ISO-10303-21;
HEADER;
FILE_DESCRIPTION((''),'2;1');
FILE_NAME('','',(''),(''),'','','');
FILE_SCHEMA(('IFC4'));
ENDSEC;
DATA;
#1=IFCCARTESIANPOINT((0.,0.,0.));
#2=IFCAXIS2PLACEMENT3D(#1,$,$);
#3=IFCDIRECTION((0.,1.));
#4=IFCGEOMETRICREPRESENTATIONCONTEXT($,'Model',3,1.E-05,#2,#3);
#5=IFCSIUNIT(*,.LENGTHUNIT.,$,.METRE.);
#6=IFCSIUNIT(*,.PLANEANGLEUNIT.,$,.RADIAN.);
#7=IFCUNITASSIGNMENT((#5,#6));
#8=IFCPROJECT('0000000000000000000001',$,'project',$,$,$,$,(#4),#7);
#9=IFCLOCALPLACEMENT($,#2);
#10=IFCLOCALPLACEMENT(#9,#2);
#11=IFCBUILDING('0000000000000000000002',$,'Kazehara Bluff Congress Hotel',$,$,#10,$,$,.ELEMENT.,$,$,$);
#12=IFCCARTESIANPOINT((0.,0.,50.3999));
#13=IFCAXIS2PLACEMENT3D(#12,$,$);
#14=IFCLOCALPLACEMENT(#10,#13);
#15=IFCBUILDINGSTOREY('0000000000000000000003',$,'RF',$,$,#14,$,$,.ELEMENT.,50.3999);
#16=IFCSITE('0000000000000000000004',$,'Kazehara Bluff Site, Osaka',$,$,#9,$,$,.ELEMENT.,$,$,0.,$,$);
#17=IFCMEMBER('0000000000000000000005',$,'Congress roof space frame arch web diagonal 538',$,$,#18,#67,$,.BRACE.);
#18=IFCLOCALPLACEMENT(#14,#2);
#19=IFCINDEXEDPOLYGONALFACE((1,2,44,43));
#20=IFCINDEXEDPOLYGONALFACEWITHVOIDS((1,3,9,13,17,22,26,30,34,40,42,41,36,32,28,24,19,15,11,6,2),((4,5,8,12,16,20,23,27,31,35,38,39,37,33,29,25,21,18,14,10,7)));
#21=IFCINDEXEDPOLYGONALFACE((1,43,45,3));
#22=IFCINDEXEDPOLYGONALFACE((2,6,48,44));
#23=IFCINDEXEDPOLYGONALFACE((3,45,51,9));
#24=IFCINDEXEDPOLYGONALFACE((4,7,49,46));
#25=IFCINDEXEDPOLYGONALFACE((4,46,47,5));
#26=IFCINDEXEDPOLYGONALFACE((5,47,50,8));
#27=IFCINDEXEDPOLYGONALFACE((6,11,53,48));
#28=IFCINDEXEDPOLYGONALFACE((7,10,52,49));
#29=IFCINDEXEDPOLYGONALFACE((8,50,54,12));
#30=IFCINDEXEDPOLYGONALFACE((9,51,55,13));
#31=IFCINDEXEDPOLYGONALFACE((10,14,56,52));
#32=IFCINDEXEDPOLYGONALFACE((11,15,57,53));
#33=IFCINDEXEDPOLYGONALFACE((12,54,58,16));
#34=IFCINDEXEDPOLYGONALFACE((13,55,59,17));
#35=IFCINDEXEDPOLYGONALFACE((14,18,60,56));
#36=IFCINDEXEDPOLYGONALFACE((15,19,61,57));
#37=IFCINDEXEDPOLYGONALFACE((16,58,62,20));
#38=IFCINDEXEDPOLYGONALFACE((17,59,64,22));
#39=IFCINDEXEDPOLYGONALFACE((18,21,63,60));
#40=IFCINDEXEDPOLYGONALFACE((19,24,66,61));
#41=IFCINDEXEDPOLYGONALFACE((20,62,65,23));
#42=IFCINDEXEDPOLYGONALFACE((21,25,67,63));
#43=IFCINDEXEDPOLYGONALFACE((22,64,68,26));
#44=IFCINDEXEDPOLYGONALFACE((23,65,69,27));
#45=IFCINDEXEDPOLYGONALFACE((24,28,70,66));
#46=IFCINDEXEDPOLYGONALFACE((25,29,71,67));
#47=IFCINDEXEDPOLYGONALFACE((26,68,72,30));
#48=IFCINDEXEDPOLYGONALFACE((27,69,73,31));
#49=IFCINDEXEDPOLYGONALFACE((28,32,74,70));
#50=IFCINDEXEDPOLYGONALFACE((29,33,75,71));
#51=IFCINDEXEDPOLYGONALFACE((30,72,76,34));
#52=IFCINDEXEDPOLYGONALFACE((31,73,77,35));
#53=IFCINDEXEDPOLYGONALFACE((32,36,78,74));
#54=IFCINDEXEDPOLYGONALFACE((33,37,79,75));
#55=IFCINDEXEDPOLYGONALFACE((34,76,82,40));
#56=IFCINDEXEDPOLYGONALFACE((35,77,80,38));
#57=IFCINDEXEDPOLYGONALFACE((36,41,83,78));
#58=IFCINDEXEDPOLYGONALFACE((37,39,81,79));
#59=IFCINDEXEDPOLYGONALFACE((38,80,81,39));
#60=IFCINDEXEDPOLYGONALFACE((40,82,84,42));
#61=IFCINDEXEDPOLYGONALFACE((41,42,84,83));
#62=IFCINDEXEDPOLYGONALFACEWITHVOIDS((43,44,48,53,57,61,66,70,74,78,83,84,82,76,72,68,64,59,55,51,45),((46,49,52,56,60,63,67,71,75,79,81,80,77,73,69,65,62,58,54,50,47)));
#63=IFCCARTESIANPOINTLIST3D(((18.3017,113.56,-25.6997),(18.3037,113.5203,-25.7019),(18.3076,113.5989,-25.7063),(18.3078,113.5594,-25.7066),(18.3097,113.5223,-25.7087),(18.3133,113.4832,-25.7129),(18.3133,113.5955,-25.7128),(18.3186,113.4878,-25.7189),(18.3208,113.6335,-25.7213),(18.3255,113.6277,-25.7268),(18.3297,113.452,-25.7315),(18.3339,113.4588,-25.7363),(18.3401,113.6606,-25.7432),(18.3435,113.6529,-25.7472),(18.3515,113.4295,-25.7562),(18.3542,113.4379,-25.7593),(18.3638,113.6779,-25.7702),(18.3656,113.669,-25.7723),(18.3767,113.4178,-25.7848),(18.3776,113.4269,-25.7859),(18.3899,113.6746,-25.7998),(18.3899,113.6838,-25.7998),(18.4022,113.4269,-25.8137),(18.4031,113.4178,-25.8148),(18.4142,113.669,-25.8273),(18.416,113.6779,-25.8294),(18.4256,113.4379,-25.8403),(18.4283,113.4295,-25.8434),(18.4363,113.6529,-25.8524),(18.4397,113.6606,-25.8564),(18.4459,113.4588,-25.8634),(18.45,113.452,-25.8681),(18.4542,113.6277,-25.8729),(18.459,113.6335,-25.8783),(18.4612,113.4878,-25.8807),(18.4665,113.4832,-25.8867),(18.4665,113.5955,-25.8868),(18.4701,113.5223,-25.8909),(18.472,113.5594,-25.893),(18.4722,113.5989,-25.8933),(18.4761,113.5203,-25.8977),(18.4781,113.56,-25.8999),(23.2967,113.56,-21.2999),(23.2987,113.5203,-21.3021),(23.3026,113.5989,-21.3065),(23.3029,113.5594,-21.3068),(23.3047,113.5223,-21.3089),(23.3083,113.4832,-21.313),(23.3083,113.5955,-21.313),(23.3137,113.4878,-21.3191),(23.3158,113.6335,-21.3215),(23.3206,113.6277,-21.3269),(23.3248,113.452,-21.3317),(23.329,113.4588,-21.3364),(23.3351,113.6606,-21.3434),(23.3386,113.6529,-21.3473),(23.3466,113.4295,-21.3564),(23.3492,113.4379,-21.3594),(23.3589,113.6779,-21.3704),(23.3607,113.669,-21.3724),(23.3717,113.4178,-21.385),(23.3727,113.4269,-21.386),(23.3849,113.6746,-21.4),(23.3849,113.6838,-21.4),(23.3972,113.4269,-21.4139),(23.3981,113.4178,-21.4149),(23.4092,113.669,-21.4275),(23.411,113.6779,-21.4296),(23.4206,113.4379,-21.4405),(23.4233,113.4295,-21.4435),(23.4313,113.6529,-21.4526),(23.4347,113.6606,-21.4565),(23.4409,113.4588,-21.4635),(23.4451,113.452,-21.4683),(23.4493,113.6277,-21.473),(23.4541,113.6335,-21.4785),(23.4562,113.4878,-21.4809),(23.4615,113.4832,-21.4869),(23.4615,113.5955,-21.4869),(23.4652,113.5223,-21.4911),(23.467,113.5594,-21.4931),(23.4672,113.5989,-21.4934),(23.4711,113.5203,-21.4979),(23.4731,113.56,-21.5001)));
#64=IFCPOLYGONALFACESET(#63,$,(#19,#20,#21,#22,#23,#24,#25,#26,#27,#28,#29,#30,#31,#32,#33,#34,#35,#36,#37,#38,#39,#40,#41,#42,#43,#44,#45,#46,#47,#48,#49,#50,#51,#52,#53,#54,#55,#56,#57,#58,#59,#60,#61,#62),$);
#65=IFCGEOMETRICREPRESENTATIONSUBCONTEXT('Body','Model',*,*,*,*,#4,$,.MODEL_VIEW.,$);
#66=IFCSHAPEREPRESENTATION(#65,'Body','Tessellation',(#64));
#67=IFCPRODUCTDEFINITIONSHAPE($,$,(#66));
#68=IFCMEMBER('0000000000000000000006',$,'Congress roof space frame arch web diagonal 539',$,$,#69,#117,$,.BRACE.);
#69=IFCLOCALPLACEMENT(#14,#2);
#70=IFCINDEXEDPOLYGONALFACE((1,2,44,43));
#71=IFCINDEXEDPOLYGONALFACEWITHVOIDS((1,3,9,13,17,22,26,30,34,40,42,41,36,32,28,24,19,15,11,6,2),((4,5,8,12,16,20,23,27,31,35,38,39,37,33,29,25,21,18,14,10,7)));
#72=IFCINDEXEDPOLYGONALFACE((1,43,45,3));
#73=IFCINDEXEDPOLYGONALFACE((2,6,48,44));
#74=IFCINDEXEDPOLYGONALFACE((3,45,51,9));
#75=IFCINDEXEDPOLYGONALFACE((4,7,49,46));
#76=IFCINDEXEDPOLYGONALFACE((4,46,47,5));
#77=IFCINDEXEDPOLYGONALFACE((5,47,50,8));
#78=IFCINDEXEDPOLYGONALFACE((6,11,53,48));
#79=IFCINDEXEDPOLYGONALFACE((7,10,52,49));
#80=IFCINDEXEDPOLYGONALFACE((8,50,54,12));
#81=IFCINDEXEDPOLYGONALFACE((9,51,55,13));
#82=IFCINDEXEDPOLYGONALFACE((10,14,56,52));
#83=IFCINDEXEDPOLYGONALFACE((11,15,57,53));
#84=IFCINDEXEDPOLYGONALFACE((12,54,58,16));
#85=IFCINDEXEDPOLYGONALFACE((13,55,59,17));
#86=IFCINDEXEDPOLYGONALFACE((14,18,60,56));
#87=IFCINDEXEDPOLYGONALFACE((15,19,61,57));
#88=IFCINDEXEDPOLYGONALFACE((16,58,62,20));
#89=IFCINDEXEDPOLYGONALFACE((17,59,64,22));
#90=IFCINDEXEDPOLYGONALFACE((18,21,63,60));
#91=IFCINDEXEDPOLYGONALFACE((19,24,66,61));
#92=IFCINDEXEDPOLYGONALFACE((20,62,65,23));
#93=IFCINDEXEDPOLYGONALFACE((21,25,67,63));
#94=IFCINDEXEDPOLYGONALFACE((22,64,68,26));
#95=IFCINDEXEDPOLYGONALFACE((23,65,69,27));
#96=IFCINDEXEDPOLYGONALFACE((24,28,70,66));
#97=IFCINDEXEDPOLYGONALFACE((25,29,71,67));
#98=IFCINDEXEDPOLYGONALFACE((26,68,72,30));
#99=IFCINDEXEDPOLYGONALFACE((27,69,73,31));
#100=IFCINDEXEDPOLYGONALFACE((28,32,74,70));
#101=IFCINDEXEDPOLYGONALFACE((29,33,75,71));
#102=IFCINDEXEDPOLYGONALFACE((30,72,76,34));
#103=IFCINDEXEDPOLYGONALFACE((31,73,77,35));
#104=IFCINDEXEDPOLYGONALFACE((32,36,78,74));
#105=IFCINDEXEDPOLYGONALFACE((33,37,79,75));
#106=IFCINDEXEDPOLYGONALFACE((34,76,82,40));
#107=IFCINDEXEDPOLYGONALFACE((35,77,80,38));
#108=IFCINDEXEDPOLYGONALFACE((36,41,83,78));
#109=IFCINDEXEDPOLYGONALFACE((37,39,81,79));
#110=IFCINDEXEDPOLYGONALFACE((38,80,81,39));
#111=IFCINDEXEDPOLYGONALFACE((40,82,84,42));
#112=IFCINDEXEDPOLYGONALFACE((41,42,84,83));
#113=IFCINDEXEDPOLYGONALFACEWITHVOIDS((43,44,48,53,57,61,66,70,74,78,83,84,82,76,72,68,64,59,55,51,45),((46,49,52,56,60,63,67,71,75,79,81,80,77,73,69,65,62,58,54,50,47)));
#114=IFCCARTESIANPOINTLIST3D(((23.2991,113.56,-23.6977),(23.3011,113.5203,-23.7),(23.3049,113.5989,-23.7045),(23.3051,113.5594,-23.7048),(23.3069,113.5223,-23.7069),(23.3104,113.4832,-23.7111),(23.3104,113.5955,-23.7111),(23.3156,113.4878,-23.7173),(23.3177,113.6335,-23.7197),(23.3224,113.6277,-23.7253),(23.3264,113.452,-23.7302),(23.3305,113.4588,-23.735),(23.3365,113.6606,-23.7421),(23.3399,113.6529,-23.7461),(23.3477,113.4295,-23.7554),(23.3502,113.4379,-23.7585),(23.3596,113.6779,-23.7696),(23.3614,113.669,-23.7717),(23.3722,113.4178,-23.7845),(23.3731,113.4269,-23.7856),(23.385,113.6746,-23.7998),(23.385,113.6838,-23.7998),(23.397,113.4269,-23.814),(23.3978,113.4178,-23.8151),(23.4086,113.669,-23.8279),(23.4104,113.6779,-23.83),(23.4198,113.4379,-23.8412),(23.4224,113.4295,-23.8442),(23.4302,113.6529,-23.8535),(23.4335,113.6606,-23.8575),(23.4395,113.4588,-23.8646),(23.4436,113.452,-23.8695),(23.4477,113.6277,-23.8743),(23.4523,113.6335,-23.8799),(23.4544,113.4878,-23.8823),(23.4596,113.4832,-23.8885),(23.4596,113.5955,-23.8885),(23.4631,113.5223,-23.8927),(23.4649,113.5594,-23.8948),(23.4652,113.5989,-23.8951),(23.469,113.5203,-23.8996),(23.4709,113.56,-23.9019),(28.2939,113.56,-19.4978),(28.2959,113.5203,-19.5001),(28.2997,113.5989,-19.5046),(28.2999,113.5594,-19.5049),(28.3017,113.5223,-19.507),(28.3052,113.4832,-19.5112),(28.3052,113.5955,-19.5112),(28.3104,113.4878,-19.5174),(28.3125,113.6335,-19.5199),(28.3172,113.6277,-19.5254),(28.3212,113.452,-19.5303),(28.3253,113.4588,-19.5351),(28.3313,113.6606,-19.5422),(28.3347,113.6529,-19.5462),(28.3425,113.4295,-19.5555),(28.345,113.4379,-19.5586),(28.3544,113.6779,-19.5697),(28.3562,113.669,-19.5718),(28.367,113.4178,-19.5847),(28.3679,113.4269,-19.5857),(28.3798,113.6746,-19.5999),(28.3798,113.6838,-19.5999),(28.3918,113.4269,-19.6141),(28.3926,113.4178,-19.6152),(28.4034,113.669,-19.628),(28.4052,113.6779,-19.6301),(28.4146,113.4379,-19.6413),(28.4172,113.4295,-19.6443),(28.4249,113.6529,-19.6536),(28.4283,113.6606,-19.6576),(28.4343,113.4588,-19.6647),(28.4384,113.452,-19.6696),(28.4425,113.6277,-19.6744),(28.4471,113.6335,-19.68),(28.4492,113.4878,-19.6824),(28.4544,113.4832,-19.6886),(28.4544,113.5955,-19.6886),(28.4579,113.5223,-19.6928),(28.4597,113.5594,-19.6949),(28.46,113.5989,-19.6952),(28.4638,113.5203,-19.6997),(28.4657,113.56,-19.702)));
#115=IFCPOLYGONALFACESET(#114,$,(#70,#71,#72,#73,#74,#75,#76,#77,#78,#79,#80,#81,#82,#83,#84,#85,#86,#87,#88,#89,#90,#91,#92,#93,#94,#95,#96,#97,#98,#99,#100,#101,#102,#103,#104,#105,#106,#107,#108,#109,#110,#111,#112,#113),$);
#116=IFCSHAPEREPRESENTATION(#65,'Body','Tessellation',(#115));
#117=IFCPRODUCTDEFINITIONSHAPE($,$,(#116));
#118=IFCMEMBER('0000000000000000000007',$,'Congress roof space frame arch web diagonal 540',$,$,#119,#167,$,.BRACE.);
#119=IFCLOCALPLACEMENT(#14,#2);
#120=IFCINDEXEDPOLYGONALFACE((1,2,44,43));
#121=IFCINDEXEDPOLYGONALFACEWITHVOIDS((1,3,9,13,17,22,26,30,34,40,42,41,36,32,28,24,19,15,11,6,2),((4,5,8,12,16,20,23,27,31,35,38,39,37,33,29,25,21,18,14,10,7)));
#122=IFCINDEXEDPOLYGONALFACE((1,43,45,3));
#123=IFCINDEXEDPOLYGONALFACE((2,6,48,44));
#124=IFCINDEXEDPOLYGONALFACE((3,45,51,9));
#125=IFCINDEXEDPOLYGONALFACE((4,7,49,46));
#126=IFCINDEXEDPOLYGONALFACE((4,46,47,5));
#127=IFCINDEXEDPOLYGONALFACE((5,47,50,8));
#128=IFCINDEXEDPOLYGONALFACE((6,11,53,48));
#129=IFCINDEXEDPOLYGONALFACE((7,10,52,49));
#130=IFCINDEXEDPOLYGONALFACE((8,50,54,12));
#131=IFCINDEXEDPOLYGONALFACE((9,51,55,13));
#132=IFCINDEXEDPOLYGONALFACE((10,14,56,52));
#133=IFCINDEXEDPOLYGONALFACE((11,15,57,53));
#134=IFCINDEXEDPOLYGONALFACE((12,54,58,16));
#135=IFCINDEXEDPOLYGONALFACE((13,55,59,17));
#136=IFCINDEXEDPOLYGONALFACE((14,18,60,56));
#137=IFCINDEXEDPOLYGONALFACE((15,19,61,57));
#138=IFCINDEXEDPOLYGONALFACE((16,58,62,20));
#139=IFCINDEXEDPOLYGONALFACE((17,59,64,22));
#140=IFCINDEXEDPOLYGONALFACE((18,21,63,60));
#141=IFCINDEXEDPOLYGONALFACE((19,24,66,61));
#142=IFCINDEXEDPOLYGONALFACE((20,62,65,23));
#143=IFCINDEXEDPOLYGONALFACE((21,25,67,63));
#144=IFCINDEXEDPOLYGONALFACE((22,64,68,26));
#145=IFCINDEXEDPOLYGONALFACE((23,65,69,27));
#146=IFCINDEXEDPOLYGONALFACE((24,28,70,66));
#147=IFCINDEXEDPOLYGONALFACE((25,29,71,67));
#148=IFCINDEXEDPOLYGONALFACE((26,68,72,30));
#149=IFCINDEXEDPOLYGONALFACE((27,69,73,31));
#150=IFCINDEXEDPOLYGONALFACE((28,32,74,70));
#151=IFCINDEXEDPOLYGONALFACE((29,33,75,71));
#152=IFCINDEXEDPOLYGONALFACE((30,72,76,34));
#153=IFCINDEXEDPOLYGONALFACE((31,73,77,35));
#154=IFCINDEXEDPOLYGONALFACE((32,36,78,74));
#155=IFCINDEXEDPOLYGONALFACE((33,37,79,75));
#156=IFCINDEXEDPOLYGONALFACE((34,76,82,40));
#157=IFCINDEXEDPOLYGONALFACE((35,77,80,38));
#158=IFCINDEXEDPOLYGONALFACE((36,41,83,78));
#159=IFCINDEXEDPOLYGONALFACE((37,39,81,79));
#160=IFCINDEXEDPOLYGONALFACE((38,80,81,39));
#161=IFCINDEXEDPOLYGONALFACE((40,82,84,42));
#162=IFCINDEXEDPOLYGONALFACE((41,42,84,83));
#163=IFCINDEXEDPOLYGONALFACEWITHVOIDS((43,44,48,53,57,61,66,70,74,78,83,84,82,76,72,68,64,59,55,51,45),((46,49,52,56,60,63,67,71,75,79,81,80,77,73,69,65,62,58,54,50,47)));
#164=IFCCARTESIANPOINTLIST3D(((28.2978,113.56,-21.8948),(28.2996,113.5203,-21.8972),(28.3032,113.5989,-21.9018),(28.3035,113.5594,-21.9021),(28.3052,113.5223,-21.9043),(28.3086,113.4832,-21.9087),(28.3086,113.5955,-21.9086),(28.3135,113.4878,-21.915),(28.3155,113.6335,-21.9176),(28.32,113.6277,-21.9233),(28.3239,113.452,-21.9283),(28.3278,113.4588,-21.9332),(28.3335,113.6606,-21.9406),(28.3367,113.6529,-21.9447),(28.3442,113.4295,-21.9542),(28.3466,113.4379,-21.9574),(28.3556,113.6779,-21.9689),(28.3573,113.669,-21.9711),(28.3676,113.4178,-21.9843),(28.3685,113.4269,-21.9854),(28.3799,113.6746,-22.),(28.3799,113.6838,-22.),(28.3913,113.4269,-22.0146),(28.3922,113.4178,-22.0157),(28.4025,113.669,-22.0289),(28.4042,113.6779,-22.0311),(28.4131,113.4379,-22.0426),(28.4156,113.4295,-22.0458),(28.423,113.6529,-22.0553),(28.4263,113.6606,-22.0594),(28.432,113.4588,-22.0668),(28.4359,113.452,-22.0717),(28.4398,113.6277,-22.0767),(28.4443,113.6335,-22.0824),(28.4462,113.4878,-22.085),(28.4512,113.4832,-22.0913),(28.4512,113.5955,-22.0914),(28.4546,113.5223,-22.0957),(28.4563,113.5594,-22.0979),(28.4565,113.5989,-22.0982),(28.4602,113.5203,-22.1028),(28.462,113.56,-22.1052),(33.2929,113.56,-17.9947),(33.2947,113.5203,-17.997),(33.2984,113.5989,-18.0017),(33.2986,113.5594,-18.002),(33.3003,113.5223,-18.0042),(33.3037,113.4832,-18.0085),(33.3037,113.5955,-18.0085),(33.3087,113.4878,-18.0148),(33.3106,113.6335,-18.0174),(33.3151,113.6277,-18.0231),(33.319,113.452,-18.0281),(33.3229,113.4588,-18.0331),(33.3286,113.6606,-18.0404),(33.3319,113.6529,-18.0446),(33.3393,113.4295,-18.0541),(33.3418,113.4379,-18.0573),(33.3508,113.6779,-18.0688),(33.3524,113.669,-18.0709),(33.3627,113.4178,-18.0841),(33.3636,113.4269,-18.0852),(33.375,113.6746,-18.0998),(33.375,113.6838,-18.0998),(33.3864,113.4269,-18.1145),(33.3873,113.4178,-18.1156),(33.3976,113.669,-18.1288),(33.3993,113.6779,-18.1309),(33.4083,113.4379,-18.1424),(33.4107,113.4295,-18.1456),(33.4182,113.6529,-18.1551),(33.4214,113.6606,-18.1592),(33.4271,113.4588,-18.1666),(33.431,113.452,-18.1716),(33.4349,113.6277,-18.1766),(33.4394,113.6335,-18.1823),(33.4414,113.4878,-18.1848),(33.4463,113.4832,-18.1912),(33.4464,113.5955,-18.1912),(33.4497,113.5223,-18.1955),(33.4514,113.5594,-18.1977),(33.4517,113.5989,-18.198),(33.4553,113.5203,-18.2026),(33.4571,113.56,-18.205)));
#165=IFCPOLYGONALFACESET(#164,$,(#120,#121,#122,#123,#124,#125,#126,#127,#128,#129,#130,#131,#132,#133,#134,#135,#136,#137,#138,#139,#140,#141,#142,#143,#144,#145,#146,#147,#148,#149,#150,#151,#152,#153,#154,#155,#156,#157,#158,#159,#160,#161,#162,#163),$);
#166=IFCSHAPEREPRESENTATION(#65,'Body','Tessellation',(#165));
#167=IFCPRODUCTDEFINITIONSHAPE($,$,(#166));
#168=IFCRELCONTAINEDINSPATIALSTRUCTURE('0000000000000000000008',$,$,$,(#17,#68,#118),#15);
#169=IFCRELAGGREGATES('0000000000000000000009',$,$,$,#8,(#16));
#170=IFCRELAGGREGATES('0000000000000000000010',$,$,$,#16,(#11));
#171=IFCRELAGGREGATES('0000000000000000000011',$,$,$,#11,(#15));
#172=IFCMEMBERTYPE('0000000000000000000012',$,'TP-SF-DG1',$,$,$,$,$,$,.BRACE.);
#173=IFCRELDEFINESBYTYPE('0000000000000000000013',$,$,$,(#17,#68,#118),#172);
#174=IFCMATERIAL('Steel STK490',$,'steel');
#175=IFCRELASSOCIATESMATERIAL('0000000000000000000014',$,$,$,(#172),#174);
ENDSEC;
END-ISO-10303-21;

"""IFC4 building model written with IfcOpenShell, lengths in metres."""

from ifc_helpers import new_model, si_unit, direction, frame, origin, origin_2d, place, context, subcontext, project, spatial, hollow_circle, extrude, material, material_profile, profile_set, type_object, element, save


model = new_model("IFC4")

# Units and contexts
model_context = context("Model", 3, precision=1e-05, world=origin(), true_north=direction((0.0, 1.0)))
body_context = subcontext(model_context, "Body", "Model", "MODEL_VIEW")
ifc_project = project(units=[si_unit("LENGTHUNIT", "METRE"), si_unit("PLANEANGLEUNIT", "RADIAN")], contexts=[model_context])

# Site, building, storey
site_placement = place(None, origin())
site = spatial("IfcSite", under=ifc_project, at=site_placement, Name="Kazehara Bluff Site, Osaka", CompositionType="ELEMENT", RefElevation=0.0)
building_placement = place(site_placement, origin())
building = spatial("IfcBuilding", under=site, at=building_placement, Name="Kazehara Bluff Congress Hotel", CompositionType="ELEMENT")
storey_placement = place(building_placement, frame((0.0, 0.0, 50.3999)))
storey = spatial("IfcBuildingStorey", under=building, at=storey_placement, Name="RF", CompositionType="ELEMENT", Elevation=50.3999)

# Members
ifc_material_1 = material(Name="Steel STK490", Category="steel")
ifc_material_profile_1 = material_profile(ifc_material_1, hollow_circle(Radius=0.1338, WallThickness=0.0093, at=origin_2d()))
ifc_profile_set_1 = profile_set([ifc_material_profile_1], Name="Steel STK490")
member_type_1 = type_object("IfcMemberType", Name="TP-SF-DG1", PredefinedType="BRACE", material=ifc_profile_set_1)
member_1_placement = place(storey_placement, frame((18.3899, 113.55, -25.7998), z_axis=(0.750401, 0.0, 0.660983), x_axis=(0.0, 1.0, 0.0)))
element("IfcMember", 1, at=member_1_placement, inside=storey, type_object=member_type_1, Name="Congress roof space frame arch web diagonal 538", PredefinedType="BRACE", context=body_context, shape_type="SweptSolid", body=[
    extrude(hollow_circle(Radius=0.1338, WallThickness=0.0093, at=origin_2d()), origin(), (0.0, 0.0, 1.0), 6.6565),
])
member_2_placement = place(storey_placement, frame((23.385, 113.55, -23.7998), z_axis=(0.765383, 0.0, 0.643575), x_axis=(0.0, 1.0, 0.0)))
element("IfcMember", 2, at=member_2_placement, inside=storey, type_object=member_type_1, Name="Congress roof space frame arch web diagonal 539", PredefinedType="BRACE", context=body_context, shape_type="SweptSolid", body=[
    extrude(hollow_circle(Radius=0.1338, WallThickness=0.0093, at=origin_2d()), origin(), (0.0, 0.0, 1.0), 6.5259),
])
member_3_placement = place(storey_placement, frame((28.3799, 113.55, -22.0), z_axis=(0.7882, 0.0, 0.61542), x_axis=(0.0, 1.0, 0.0)))
element("IfcMember", 3, at=member_3_placement, inside=storey, type_object=member_type_1, Name="Congress roof space frame arch web diagonal 540", PredefinedType="BRACE", context=body_context, shape_type="SweptSolid", body=[
    extrude(hollow_circle(Radius=0.1338, WallThickness=0.0093, at=origin_2d()), origin(), (0.0, 0.0, 1.0), 6.3374),
])

save(model, "model.ifc")
